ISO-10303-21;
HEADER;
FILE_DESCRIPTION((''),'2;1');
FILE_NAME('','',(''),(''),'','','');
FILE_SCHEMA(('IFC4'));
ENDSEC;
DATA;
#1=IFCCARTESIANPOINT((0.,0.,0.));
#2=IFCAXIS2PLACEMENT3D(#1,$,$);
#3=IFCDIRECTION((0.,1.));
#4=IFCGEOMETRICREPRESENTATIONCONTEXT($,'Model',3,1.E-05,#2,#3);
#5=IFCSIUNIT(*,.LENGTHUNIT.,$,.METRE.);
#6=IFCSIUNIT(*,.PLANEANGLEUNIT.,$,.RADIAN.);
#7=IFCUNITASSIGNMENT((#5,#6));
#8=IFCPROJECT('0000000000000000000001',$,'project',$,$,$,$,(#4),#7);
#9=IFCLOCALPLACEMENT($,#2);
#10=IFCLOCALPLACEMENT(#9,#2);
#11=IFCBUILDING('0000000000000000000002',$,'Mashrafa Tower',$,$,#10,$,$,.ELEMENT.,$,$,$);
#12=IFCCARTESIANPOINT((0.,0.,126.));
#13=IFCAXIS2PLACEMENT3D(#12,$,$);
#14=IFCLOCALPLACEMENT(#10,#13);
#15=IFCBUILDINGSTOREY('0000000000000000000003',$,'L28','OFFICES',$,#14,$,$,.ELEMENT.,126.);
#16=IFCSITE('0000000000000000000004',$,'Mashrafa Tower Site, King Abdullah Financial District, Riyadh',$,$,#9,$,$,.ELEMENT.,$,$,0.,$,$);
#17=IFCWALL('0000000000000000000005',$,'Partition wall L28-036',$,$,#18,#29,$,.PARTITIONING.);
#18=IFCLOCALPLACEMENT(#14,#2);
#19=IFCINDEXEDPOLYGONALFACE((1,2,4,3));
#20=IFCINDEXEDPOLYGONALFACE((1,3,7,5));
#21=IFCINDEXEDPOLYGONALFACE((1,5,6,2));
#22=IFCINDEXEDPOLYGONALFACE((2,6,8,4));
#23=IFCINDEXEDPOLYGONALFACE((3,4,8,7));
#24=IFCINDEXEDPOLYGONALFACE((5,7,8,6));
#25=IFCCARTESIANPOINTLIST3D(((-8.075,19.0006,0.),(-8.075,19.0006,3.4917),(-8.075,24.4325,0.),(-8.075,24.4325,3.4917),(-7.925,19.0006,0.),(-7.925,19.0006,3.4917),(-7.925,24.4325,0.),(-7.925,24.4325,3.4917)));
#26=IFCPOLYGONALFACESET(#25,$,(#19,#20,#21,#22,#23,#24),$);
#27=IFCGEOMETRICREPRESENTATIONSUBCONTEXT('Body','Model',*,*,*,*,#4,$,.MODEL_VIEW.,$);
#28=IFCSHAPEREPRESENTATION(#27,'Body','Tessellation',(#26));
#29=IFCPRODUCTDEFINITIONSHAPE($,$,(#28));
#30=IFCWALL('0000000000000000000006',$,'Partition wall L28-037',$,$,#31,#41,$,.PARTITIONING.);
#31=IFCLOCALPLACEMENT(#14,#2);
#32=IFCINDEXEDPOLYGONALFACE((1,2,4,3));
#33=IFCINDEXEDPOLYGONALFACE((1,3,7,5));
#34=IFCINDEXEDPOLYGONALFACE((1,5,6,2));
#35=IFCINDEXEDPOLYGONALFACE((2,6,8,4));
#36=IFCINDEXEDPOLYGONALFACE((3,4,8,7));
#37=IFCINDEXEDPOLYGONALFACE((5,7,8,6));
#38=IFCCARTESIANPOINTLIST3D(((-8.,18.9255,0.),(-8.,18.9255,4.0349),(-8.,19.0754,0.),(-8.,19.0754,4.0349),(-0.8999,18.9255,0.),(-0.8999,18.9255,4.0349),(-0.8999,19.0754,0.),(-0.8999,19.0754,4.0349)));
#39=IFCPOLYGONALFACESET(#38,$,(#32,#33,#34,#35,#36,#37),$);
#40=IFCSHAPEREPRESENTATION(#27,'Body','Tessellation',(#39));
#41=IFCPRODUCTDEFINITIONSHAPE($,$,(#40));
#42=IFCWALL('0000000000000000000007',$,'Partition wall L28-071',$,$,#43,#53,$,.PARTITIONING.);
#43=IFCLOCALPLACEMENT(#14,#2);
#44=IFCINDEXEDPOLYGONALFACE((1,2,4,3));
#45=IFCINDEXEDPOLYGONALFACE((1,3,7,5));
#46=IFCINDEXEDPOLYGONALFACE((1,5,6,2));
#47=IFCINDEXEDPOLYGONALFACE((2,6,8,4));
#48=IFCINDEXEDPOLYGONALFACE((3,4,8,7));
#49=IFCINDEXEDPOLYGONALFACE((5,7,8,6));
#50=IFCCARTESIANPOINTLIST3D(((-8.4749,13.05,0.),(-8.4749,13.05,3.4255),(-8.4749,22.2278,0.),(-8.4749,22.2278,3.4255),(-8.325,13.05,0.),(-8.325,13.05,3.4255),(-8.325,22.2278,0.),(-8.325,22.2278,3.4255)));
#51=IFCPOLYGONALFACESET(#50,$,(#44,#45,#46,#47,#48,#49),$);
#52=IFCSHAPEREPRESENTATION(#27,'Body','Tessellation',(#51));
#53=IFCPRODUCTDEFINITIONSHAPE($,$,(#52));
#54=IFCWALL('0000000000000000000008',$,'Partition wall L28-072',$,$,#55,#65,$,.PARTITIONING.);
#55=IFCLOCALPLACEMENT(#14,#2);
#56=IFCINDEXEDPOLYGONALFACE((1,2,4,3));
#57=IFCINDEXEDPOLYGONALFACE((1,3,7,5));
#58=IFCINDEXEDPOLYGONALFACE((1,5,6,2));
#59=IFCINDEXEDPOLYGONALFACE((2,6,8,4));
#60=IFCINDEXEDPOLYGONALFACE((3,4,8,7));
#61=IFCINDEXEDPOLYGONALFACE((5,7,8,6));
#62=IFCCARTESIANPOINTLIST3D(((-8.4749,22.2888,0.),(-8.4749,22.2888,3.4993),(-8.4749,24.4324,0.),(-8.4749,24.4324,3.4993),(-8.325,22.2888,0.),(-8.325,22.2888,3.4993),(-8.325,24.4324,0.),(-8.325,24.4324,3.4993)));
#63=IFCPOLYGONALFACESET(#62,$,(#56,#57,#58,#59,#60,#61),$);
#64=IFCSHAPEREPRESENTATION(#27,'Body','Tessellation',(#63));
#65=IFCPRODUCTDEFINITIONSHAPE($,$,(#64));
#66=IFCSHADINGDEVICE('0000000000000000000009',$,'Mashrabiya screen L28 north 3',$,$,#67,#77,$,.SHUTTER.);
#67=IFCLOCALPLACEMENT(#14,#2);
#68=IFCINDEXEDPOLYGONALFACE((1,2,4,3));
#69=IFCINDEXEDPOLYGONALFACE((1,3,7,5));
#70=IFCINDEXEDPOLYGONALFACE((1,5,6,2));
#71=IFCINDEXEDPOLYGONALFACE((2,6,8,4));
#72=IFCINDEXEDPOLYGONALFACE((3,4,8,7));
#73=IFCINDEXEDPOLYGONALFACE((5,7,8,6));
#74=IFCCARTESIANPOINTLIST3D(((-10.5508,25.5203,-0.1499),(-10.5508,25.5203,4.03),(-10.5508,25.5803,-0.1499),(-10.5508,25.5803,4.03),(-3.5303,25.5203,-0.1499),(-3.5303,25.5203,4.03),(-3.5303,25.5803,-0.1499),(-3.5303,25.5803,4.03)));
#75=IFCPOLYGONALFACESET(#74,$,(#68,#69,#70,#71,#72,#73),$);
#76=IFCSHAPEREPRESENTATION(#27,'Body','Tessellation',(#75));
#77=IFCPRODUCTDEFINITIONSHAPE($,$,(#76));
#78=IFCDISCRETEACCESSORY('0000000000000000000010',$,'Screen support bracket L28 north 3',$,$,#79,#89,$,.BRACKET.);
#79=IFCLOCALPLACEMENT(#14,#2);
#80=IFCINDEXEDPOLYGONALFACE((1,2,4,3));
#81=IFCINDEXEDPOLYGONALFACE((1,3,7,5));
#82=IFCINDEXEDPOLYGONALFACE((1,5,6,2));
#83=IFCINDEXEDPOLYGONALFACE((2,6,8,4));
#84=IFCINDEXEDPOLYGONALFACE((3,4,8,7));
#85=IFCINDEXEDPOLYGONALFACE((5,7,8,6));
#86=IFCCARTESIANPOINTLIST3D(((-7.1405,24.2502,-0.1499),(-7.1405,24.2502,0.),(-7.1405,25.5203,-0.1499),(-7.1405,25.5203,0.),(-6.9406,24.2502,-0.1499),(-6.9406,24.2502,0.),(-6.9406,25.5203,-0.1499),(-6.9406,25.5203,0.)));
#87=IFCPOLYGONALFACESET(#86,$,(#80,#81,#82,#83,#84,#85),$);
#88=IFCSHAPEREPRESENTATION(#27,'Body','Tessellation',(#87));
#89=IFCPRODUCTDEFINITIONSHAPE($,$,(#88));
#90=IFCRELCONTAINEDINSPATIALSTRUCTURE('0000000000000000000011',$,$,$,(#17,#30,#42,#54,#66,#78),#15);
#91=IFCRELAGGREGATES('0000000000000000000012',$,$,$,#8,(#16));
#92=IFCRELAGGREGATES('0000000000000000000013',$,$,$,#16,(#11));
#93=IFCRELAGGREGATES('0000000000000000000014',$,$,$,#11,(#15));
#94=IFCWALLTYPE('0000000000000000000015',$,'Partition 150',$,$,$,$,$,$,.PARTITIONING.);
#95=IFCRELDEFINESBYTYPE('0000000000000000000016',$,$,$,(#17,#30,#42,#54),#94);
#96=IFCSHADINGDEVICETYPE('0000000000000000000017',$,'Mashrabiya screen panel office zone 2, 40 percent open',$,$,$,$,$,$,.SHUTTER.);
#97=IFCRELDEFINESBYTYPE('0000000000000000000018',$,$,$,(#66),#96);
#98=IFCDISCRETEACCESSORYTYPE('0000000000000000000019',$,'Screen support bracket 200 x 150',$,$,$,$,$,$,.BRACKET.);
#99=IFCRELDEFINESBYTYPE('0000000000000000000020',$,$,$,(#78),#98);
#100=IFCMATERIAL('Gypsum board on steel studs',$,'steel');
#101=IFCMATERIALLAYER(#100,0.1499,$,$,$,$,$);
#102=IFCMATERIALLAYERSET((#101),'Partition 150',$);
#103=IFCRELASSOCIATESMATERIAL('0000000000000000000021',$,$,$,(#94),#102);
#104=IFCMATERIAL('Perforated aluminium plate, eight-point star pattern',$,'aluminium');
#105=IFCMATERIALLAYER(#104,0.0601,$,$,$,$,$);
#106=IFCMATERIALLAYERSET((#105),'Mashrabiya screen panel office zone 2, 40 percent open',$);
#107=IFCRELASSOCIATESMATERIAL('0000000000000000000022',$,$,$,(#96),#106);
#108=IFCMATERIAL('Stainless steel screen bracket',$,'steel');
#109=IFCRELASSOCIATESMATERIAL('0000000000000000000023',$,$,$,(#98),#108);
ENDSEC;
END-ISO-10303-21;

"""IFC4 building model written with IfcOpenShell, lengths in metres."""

from ifc_helpers import new_model, si_unit, direction, frame, frame_2d, origin, origin_2d, place, context, subcontext, project, spatial, rectangle, extrude, source, transform, mapped, material, layer, layer_set, type_object, type_shapes, element, save


model = new_model("IFC4")

# Units and contexts
model_context = context("Model", 3, precision=1e-05, world=origin(), true_north=direction((0.0, 1.0)))
body_context = subcontext(model_context, "Body", "Model", "MODEL_VIEW")
ifc_project = project(units=[si_unit("LENGTHUNIT", "METRE"), si_unit("PLANEANGLEUNIT", "RADIAN")], contexts=[model_context])

# Site, building, storey
site_placement = place(None, origin())
site = spatial("IfcSite", under=ifc_project, at=site_placement, Name="Mashrafa Tower Site, King Abdullah Financial District, Riyadh", CompositionType="ELEMENT", RefElevation=0.0)
building_placement = place(site_placement, origin())
building = spatial("IfcBuilding", under=site, at=building_placement, Name="Mashrafa Tower", CompositionType="ELEMENT")
storey_placement = place(building_placement, frame((0.0, 0.0, 126.0)))
storey = spatial("IfcBuildingStorey", under=building, at=storey_placement, Name="L28", Description="OFFICES", CompositionType="ELEMENT", Elevation=126.0)

# Walls
ifc_material_1 = material(Name="Gypsum board on steel studs", Category="steel")
ifc_layer_1 = layer(ifc_material_1, 0.1499)
ifc_layer_set_1 = layer_set([ifc_layer_1], Name="Partition 150")
wall_type_1 = type_object("IfcWallType", Name="Partition 150", PredefinedType="PARTITIONING", material=ifc_layer_set_1)
wall_1_placement = place(storey_placement, frame((-8.0, 24.4324, 0.0), z_axis=(0.0, 0.0, 1.0), x_axis=(0.0, -1.0, 0.0)))
element("IfcWall", 1, at=wall_1_placement, inside=storey, type_object=wall_type_1, Name="Partition wall L28-036", PredefinedType="PARTITIONING", context=body_context, shape_type="SweptSolid", body=[
    extrude(rectangle(XDim=5.4319, YDim=0.1499, at=frame_2d((2.7158, 0.0))), origin(), (0.0, 0.0, 1.0), 3.4917),
])
wall_2_placement = place(storey_placement, frame((-8.0, 19.0005, 0.0), z_axis=(0.0, 0.0, 1.0), x_axis=(1.0, 0.0, 0.0)))
element("IfcWall", 2, at=wall_2_placement, inside=storey, type_object=wall_type_1, Name="Partition wall L28-037", PredefinedType="PARTITIONING", context=body_context, shape_type="SweptSolid", body=[
    extrude(rectangle(XDim=7.1001, YDim=0.1499, at=frame_2d((3.55, 0.0))), origin(), (0.0, 0.0, 1.0), 4.0349),
])
wall_3_placement = place(storey_placement, frame((-8.3999, 13.05, 0.0), z_axis=(0.0, 0.0, 1.0), x_axis=(0.0, 1.0, 0.0)))
element("IfcWall", 3, at=wall_3_placement, inside=storey, type_object=wall_type_1, Name="Partition wall L28-071", PredefinedType="PARTITIONING", context=body_context, shape_type="SweptSolid", body=[
    extrude(rectangle(XDim=9.1777, YDim=0.1499, at=frame_2d((4.5889, 0.0))), origin(), (0.0, 0.0, 1.0), 3.4255),
])
wall_4_placement = place(storey_placement, frame((-8.3999, 22.2888, 0.0), z_axis=(0.0, 0.0, 1.0), x_axis=(0.0, 1.0, 0.0)))
element("IfcWall", 4, at=wall_4_placement, inside=storey, type_object=wall_type_1, Name="Partition wall L28-072", PredefinedType="PARTITIONING", context=body_context, shape_type="SweptSolid", body=[
    extrude(rectangle(XDim=2.1436, YDim=0.1499, at=frame_2d((1.0718, 0.0))), origin(), (0.0, 0.0, 1.0), 3.4993),
])

# Shading device
ifc_material_2 = material(Name="Perforated aluminium plate, eight-point star pattern", Category="aluminium")
ifc_layer_2 = layer(ifc_material_2, 0.0601)
ifc_layer_set_2 = layer_set([ifc_layer_2], Name="Mashrabiya screen panel office zone 2, 40 percent open")
shading_device_type = type_object("IfcShadingDeviceType", Name="Mashrabiya screen panel office zone 2, 40 percent open", PredefinedType="SHUTTER", material=ifc_layer_set_2)
shared_shape_1 = source(origin(), body_context, "Body", "SweptSolid", [
    extrude(rectangle(XDim=7.0205, YDim=0.0601, at=origin_2d()), origin(), (0.0, 0.0, 1.0), 4.1799),
])
type_shapes(shading_device_type, [shared_shape_1])
shading_device_placement = place(storey_placement, frame((-7.0405, 25.5503, -0.1499), z_axis=(0.0, 0.0, 1.0), x_axis=(-1.0, 0.0, 0.0)))
element("IfcShadingDevice", 5, at=shading_device_placement, inside=storey, type_object=shading_device_type, Name="Mashrabiya screen L28 north 3", PredefinedType="SHUTTER", context=body_context, shape_type="MappedRepresentation", body=[
    mapped(shared_shape_1, transform((0.0, 0.0, 0.0))),
])

# Discrete accessory
ifc_material_3 = material(Name="Stainless steel screen bracket", Category="steel")
discrete_accessory_type = type_object("IfcDiscreteAccessoryType", Name="Screen support bracket 200 x 150", PredefinedType="BRACKET", material=ifc_material_3)
shared_shape_2 = source(origin(), body_context, "Body", "SweptSolid", [
    extrude(rectangle(XDim=0.2, YDim=1.27, at=origin_2d()), origin(), (0.0, 0.0, 1.0), 0.1499),
])
type_shapes(discrete_accessory_type, [shared_shape_2])
discrete_accessory_placement = place(storey_placement, frame((-7.0405, 24.8853, -0.1499), z_axis=(0.0, 0.0, 1.0), x_axis=(-1.0, 0.0, 0.0)))
element("IfcDiscreteAccessory", 6, at=discrete_accessory_placement, inside=storey, type_object=discrete_accessory_type, Name="Screen support bracket L28 north 3", PredefinedType="BRACKET", context=body_context, shape_type="MappedRepresentation", body=[
    mapped(shared_shape_2, transform((0.0, 0.0, 0.0))),
])

save(model, "model.ifc")
